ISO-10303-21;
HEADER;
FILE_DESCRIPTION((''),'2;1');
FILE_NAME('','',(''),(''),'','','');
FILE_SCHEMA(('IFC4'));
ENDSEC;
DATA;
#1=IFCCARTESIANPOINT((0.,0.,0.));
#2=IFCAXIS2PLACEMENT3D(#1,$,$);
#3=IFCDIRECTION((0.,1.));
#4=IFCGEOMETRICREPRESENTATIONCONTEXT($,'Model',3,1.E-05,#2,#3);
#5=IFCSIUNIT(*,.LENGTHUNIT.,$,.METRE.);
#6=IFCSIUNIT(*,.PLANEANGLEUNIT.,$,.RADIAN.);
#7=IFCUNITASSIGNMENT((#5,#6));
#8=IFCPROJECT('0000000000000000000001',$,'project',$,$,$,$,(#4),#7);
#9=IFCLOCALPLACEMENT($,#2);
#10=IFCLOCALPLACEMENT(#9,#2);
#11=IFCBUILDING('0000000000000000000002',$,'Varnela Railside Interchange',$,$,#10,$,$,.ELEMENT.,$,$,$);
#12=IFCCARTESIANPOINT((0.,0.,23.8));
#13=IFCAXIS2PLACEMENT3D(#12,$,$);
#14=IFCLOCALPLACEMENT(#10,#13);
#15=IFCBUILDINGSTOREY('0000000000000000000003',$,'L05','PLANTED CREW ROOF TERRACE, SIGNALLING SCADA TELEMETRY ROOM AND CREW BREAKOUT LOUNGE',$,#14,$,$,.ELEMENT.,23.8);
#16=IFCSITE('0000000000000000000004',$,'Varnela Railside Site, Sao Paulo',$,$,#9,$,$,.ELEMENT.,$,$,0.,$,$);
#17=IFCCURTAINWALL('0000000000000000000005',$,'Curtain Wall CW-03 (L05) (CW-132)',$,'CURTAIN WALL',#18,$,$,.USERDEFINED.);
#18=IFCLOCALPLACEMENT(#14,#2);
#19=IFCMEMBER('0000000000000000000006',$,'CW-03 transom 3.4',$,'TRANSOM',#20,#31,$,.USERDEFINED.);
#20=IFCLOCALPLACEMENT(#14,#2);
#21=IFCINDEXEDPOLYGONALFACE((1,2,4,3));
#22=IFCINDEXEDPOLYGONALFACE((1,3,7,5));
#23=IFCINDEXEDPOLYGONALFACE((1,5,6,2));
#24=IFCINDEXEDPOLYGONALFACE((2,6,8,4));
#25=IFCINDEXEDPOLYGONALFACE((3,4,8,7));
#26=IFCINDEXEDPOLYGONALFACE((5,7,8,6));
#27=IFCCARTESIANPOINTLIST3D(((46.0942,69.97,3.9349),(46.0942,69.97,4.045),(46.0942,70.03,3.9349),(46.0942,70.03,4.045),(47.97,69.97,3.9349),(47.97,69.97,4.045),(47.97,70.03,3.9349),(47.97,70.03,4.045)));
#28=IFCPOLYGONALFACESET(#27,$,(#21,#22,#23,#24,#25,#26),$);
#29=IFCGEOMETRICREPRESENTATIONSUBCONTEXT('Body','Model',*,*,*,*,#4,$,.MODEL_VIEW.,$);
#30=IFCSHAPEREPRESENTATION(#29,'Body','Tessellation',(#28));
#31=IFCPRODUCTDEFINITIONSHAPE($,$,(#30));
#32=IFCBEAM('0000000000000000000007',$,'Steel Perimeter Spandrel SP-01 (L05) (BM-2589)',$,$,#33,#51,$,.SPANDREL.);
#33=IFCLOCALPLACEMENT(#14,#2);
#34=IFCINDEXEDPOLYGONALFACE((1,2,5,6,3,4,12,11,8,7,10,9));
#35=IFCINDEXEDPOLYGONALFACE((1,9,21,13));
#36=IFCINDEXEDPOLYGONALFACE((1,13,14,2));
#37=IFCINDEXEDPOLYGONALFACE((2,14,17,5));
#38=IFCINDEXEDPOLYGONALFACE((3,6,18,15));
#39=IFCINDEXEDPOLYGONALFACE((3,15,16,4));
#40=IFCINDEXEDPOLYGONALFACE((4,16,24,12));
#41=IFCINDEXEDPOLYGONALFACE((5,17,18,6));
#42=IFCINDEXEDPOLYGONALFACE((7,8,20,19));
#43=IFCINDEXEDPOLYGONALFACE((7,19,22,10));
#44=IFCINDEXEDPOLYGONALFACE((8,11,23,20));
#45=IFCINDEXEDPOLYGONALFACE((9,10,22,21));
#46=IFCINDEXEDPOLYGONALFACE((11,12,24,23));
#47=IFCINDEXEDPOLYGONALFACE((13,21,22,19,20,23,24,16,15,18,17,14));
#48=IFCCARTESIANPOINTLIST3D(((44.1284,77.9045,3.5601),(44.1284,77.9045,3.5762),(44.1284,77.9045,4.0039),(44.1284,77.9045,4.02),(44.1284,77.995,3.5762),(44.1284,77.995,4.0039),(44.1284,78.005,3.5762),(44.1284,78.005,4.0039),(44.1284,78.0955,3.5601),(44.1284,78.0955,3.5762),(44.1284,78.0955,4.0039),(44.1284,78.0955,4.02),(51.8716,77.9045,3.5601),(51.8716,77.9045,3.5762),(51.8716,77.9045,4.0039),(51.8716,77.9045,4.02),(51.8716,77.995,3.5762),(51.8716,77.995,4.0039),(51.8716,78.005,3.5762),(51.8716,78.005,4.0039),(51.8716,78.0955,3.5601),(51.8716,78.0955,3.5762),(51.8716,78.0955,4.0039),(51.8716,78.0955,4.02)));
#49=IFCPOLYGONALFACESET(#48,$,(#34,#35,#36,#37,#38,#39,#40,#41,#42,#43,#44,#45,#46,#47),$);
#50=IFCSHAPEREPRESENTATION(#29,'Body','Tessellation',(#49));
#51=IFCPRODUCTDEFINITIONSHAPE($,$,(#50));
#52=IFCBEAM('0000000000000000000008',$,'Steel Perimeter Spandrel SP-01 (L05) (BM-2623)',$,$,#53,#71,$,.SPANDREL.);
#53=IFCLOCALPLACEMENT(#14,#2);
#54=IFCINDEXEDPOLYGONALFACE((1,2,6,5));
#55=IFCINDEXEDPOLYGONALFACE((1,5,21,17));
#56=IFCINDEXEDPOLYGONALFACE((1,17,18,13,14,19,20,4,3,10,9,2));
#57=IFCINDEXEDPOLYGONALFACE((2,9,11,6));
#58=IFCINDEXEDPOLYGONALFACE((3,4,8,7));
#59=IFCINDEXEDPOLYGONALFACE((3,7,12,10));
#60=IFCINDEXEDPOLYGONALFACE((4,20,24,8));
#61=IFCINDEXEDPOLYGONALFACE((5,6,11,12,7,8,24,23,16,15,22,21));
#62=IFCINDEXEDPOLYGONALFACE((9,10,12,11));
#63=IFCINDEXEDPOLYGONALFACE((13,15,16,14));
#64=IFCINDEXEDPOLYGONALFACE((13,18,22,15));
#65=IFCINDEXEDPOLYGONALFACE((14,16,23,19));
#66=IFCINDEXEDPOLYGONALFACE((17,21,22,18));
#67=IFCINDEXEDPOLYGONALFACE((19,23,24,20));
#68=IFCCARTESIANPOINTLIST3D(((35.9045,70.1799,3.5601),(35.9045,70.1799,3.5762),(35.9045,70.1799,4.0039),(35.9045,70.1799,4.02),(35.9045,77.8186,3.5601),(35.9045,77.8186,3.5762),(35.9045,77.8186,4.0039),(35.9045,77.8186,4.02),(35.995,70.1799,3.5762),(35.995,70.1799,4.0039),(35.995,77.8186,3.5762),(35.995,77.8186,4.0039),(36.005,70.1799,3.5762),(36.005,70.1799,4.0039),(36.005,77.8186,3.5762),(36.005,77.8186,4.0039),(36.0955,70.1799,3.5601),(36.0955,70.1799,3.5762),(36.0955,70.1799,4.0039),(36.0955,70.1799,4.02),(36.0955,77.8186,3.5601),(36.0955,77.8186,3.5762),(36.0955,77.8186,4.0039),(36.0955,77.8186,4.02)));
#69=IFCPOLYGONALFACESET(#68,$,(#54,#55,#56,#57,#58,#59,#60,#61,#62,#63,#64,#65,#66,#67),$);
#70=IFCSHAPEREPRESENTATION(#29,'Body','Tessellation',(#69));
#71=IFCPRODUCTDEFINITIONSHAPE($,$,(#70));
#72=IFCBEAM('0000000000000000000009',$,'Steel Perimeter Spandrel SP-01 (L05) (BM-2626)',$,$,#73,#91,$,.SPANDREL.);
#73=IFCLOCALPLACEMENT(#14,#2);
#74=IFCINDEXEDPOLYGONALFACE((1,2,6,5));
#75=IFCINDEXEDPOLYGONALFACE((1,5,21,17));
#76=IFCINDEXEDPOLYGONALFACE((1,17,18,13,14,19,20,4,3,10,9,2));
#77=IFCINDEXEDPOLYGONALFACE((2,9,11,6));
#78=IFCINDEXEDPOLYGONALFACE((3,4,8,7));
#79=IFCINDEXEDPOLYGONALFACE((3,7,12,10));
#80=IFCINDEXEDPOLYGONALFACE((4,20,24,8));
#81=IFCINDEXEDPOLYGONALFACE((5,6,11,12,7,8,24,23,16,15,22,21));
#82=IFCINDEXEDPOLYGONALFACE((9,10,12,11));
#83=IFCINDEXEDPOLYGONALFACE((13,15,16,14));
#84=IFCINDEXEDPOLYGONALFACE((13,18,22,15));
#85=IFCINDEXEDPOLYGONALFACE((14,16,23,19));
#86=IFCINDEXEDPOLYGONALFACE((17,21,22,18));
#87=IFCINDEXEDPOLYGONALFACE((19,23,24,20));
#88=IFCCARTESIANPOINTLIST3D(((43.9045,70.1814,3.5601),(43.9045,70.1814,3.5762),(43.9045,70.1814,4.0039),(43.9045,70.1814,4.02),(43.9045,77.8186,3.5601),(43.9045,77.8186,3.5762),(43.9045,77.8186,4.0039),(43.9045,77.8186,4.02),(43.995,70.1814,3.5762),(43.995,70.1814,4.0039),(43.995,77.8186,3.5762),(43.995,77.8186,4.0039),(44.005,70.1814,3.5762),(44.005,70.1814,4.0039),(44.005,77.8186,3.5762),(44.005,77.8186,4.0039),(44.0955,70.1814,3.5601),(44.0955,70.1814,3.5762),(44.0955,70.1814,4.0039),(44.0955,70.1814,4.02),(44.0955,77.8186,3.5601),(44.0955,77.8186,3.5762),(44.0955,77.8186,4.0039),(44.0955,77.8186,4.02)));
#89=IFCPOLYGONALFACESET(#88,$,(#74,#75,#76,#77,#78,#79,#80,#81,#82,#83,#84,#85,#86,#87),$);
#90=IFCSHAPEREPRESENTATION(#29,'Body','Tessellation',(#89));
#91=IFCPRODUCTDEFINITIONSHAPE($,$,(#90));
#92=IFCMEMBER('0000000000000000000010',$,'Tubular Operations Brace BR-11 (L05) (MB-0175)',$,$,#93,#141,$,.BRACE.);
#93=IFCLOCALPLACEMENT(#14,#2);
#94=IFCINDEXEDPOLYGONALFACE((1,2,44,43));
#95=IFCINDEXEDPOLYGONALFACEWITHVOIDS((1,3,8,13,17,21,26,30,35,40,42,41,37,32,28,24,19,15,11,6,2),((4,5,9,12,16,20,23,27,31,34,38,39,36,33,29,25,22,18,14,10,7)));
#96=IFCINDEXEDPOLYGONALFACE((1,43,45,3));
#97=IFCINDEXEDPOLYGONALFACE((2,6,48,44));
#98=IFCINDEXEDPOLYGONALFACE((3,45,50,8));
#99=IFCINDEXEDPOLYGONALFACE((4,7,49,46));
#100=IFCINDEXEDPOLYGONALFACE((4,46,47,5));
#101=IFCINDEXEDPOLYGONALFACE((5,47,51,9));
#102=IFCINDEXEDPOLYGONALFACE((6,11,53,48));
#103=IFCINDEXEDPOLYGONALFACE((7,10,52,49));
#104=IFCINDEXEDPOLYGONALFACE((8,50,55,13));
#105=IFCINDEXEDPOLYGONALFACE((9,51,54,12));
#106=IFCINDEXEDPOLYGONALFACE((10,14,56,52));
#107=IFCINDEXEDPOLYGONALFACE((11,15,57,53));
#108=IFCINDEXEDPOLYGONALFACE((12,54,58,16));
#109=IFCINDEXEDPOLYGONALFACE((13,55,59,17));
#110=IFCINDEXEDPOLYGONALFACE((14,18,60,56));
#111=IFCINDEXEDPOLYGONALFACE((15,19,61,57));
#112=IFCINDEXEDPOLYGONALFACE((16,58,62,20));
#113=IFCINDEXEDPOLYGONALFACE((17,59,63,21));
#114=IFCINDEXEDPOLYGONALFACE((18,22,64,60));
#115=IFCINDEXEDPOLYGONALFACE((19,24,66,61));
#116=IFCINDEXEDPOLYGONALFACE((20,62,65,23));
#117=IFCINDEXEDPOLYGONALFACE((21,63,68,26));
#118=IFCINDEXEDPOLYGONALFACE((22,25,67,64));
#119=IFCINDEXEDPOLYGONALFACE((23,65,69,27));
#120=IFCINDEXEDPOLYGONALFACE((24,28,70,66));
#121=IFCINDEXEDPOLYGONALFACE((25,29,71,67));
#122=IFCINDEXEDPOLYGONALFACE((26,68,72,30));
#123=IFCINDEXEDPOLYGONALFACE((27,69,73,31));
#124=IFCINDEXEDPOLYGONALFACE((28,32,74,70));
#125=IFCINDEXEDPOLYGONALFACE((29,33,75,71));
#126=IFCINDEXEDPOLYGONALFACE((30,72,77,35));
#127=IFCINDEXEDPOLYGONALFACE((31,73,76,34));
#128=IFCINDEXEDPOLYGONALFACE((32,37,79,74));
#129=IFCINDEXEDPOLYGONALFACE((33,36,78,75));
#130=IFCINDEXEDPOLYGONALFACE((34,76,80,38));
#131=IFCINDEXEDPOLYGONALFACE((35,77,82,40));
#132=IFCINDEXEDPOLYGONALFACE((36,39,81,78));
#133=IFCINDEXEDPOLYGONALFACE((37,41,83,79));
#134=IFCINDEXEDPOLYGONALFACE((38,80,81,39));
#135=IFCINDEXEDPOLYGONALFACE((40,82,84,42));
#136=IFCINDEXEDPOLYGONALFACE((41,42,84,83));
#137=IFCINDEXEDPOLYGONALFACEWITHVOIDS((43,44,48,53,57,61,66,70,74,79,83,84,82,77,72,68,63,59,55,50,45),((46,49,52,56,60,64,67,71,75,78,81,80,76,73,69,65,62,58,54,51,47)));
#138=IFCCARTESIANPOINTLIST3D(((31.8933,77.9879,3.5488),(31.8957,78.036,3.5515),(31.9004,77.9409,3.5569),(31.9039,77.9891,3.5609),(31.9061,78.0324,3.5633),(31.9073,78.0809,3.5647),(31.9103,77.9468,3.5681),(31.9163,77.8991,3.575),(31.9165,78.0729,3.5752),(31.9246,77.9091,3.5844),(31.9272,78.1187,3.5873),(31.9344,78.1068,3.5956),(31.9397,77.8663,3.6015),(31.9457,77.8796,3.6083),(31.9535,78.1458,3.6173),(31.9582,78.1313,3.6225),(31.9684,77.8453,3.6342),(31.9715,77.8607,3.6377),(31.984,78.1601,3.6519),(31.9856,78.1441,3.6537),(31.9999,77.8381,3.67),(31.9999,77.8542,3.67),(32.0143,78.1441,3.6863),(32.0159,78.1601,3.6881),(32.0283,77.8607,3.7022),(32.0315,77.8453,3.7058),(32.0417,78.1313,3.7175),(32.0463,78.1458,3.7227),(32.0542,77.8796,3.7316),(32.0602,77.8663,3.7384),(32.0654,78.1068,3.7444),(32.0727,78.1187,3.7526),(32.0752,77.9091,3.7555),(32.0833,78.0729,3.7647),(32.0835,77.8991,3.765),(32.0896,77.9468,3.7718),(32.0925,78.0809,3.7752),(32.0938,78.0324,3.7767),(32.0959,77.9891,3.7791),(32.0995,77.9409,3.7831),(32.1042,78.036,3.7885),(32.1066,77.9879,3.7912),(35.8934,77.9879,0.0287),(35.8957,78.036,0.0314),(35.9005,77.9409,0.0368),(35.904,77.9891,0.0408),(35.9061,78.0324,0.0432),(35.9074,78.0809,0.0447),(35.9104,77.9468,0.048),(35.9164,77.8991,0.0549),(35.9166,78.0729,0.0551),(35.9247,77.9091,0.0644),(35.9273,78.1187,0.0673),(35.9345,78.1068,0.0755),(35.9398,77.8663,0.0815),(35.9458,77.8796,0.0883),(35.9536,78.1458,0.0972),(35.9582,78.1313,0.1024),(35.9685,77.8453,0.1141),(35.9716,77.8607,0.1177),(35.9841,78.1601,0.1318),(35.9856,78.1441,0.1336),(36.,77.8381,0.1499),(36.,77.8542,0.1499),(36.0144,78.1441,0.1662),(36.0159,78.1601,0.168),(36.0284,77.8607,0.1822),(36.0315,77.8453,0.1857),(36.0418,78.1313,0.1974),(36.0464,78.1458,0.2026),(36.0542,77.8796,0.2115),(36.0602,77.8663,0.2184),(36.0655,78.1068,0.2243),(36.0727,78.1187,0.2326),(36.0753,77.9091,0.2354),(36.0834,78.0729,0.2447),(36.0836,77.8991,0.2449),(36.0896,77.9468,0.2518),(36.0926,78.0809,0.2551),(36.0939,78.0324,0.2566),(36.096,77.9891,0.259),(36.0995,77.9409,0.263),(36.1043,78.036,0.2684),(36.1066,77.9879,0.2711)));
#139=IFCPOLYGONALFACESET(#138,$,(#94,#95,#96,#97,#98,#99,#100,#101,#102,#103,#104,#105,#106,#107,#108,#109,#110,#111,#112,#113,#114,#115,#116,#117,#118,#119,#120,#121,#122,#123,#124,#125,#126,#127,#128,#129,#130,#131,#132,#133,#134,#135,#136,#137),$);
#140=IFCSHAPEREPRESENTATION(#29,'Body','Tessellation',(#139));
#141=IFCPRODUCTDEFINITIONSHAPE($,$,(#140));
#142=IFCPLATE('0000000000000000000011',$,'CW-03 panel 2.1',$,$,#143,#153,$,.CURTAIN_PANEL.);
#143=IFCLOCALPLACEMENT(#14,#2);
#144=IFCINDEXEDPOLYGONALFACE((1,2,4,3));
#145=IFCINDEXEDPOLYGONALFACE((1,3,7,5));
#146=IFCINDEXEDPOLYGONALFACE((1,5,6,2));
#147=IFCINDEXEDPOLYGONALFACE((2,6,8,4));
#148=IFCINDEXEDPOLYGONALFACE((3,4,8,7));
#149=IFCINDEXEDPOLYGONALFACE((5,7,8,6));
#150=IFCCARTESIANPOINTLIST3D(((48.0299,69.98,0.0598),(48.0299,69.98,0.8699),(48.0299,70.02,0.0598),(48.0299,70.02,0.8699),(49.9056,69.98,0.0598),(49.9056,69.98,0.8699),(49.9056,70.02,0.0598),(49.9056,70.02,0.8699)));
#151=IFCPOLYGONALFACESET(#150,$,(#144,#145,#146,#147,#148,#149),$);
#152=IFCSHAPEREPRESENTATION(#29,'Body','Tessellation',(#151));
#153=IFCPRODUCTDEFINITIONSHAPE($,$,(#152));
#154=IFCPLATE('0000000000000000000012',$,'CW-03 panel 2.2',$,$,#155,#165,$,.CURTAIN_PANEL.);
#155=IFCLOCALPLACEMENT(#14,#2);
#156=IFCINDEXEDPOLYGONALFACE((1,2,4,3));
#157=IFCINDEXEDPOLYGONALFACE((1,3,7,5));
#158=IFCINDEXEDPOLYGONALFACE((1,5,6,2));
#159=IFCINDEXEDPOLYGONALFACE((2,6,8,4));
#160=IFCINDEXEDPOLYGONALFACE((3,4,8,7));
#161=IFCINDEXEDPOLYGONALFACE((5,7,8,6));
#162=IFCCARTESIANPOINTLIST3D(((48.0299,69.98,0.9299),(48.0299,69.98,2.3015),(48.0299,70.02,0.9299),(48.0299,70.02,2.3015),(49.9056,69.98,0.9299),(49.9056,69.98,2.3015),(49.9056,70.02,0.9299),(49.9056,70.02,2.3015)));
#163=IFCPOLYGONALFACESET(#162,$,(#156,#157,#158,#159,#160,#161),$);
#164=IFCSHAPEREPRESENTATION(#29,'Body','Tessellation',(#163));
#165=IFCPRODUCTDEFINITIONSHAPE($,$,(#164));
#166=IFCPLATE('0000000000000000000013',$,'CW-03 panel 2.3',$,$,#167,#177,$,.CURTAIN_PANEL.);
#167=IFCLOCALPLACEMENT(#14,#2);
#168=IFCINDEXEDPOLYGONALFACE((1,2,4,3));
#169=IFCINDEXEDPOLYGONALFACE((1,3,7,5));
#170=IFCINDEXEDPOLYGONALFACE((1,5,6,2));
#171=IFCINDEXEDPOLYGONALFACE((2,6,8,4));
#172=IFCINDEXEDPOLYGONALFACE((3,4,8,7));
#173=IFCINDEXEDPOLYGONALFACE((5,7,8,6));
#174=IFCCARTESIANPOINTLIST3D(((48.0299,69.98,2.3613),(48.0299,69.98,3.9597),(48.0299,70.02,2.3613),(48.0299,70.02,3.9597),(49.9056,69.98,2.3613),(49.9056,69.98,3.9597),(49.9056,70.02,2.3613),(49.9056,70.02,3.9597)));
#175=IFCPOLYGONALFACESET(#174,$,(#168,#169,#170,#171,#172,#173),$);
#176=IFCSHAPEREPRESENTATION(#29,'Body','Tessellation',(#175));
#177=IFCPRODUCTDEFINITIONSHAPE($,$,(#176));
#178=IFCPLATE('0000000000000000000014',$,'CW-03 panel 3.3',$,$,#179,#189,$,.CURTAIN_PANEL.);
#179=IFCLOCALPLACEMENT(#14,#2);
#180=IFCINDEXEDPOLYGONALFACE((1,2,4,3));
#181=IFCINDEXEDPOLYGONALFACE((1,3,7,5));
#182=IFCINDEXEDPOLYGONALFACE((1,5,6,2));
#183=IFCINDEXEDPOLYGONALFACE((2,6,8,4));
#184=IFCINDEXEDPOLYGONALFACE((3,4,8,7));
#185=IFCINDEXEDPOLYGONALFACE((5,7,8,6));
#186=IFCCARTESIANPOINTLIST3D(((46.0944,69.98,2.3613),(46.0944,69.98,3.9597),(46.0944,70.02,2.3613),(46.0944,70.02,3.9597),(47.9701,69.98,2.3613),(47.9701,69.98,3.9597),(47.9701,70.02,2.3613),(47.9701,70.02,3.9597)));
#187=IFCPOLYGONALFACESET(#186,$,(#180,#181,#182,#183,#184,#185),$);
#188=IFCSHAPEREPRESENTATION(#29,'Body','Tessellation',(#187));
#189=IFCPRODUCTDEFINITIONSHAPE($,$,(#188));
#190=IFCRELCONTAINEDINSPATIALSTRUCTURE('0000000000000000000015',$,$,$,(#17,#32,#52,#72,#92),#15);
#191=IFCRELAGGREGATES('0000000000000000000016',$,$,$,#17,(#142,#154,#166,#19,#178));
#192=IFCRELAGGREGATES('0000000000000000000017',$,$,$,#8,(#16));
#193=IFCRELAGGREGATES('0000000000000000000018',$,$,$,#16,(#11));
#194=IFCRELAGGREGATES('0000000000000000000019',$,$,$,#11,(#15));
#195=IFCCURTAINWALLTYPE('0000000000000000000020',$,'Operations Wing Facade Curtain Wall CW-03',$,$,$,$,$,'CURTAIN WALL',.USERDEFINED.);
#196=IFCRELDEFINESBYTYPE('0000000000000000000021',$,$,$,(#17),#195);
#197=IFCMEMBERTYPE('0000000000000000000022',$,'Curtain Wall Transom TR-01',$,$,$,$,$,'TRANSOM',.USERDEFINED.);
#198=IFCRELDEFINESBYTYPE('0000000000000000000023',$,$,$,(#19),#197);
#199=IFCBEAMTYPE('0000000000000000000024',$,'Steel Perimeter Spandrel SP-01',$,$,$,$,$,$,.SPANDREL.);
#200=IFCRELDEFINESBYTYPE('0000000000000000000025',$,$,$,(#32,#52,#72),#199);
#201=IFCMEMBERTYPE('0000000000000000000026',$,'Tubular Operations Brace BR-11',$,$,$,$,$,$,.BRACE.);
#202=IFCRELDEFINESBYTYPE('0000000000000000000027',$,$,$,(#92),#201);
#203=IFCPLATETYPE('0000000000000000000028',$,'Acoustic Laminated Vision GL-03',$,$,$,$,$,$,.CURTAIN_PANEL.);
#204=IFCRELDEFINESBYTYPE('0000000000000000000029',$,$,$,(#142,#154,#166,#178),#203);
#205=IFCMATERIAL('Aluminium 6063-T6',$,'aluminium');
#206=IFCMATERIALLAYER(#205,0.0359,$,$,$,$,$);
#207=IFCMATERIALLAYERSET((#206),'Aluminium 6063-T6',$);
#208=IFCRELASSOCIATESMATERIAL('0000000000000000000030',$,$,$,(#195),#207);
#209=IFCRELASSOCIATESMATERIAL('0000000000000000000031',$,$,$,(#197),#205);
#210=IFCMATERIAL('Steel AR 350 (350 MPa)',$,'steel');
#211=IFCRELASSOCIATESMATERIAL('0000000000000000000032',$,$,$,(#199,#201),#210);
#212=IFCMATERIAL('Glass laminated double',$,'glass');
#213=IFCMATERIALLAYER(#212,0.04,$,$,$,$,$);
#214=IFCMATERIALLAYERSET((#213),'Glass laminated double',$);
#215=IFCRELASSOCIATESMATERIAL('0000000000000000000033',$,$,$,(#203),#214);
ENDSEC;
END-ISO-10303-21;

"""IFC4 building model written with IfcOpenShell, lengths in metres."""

from ifc_helpers import new_model, si_unit, direction, frame, origin, origin_2d, place, context, subcontext, project, spatial, rectangle, hollow_circle, i_section, extrude, material, layer, layer_set, material_profile, profile_set, type_object, element, aggregate, save


model = new_model("IFC4")

# Units and contexts
model_context = context("Model", 3, precision=1e-05, world=origin(), true_north=direction((0.0, 1.0)))
body_context = subcontext(model_context, "Body", "Model", "MODEL_VIEW")
ifc_project = project(units=[si_unit("LENGTHUNIT", "METRE"), si_unit("PLANEANGLEUNIT", "RADIAN")], contexts=[model_context])

# Site, building, storey
site_placement = place(None, origin())
site = spatial("IfcSite", under=ifc_project, at=site_placement, Name="Varnela Railside Site, Sao Paulo", CompositionType="ELEMENT", RefElevation=0.0)
building_placement = place(site_placement, origin())
building = spatial("IfcBuilding", under=site, at=building_placement, Name="Varnela Railside Interchange", CompositionType="ELEMENT")
storey_placement = place(building_placement, frame((0.0, 0.0, 23.8)))
storey = spatial("IfcBuildingStorey", under=building, at=storey_placement, Name="L05", Description="PLANTED CREW ROOF TERRACE, SIGNALLING SCADA TELEMETRY ROOM AND CREW BREAKOUT LOUNGE", CompositionType="ELEMENT", Elevation=23.8)

# Shared definitions
ifc_material_1 = material(Name="Steel AR 350 (350 MPa)", Category="steel")

# Curtain wall, member
ifc_material_2 = material(Name="Aluminium 6063-T6", Category="aluminium")
ifc_layer_1 = layer(ifc_material_2, 0.0359)
ifc_layer_set_1 = layer_set([ifc_layer_1], Name="Aluminium 6063-T6")
curtain_wall_type = type_object("IfcCurtainWallType", Name="Operations Wing Facade Curtain Wall CW-03", ElementType="CURTAIN WALL", PredefinedType="USERDEFINED", material=ifc_layer_set_1)
curtain_wall_placement = place(storey_placement, origin())
curtain_wall = element("IfcCurtainWall", 1, at=curtain_wall_placement, inside=storey, type_object=curtain_wall_type, Name="Curtain Wall CW-03 (L05) (CW-132)", ObjectType="CURTAIN WALL", PredefinedType="USERDEFINED")
ifc_material_profile_1 = material_profile(ifc_material_2, rectangle(XDim=0.0601, YDim=0.1101, at=origin_2d()), Name="ALU 60x110")
ifc_profile_set_1 = profile_set([ifc_material_profile_1], Name="Aluminium 6063-T6")
member_type_1 = type_object("IfcMemberType", Name="Curtain Wall Transom TR-01", ElementType="TRANSOM", PredefinedType="USERDEFINED", material=ifc_profile_set_1)
member_1_placement = place(storey_placement, frame((47.97, 70.0, 3.99), z_axis=(-1.0, 0.0, 0.0), x_axis=(0.0, -1.0, 0.0)))
member_1 = element("IfcMember", 2, at=member_1_placement, type_object=member_type_1, Name="CW-03 transom 3.4", ObjectType="TRANSOM", PredefinedType="USERDEFINED", context=body_context, shape_type="SweptSolid", body=[
    extrude(rectangle(XDim=0.0601, YDim=0.1101, at=origin_2d()), origin(), (0.0, 0.0, 1.0), 1.8757),
])

# Beams
ifc_material_profile_2 = material_profile(ifc_material_1, i_section(OverallWidth=0.1909, OverallDepth=0.46, WebThickness=0.01, FlangeThickness=0.0161, at=origin_2d()), Name="W460x82")
ifc_profile_set_2 = profile_set([ifc_material_profile_2], Name="Steel AR 350 (350 MPa)")
beam_type_1 = type_object("IfcBeamType", Name="Steel Perimeter Spandrel SP-01", PredefinedType="SPANDREL", material=ifc_profile_set_2)
beam_1_placement = place(storey_placement, frame((44.1284, 78.0, 3.79), z_axis=(1.0, 0.0, 0.0), x_axis=(0.0, 1.0, 0.0)))
element("IfcBeam", 3, at=beam_1_placement, inside=storey, type_object=beam_type_1, Name="Steel Perimeter Spandrel SP-01 (L05) (BM-2589)", PredefinedType="SPANDREL", context=body_context, shape_type="SweptSolid", body=[
    extrude(i_section(OverallWidth=0.1909, OverallDepth=0.46, WebThickness=0.01, FlangeThickness=0.0161, at=origin_2d()), origin(), (0.0, 0.0, 1.0), 7.7432),
])
beam_2_placement = place(storey_placement, frame((36.0, 70.1799, 3.79), z_axis=(0.0, 1.0, 0.0), x_axis=(-1.0, 0.0, 0.0)))
element("IfcBeam", 4, at=beam_2_placement, inside=storey, type_object=beam_type_1, Name="Steel Perimeter Spandrel SP-01 (L05) (BM-2623)", PredefinedType="SPANDREL", context=body_context, shape_type="SweptSolid", body=[
    extrude(i_section(OverallWidth=0.1909, OverallDepth=0.46, WebThickness=0.01, FlangeThickness=0.0161, at=origin_2d()), origin(), (0.0, 0.0, 1.0), 7.6387),
])
beam_3_placement = place(storey_placement, frame((44.0, 70.1814, 3.79), z_axis=(0.0, 1.0, 0.0), x_axis=(-1.0, 0.0, 0.0)))
element("IfcBeam", 5, at=beam_3_placement, inside=storey, type_object=beam_type_1, Name="Steel Perimeter Spandrel SP-01 (L05) (BM-2626)", PredefinedType="SPANDREL", context=body_context, shape_type="SweptSolid", body=[
    extrude(i_section(OverallWidth=0.1909, OverallDepth=0.46, WebThickness=0.01, FlangeThickness=0.0161, at=origin_2d()), origin(), (0.0, 0.0, 1.0), 7.6372),
])

# Member
ifc_material_profile_3 = material_profile(ifc_material_1, hollow_circle(Radius=0.1619, WallThickness=0.0161, at=origin_2d()), Name="CHS 323.9x16")
ifc_profile_set_3 = profile_set([ifc_material_profile_3], Name="Steel AR 350 (350 MPa)")
member_type_2 = type_object("IfcMemberType", Name="Tubular Operations Brace BR-11", PredefinedType="BRACE", material=ifc_profile_set_3)
member_2_placement = place(storey_placement, frame((36.0, 78.0, 0.1499), z_axis=(-0.750712, 0.0, 0.66063), x_axis=(0.0, -1.0, 0.0)))
element("IfcMember", 6, at=member_2_placement, inside=storey, type_object=member_type_2, Name="Tubular Operations Brace BR-11 (L05) (MB-0175)", PredefinedType="BRACE", context=body_context, shape_type="SweptSolid", body=[
    extrude(hollow_circle(Radius=0.1619, WallThickness=0.0161, at=origin_2d()), origin(), (0.0, 0.0, 1.0), 5.3284),
])

# Plates
ifc_material_3 = material(Name="Glass laminated double", Category="glass")
ifc_layer_2 = layer(ifc_material_3, 0.04)
ifc_layer_set_2 = layer_set([ifc_layer_2], Name="Glass laminated double")
plate_type = type_object("IfcPlateType", Name="Acoustic Laminated Vision GL-03", PredefinedType="CURTAIN_PANEL", material=ifc_layer_set_2)
plate_1_placement = place(storey_placement, frame((48.9678, 70.0, 0.0598), z_axis=(0.0, 0.0, 1.0), x_axis=(-1.0, 0.0, 0.0)))
plate_1 = element("IfcPlate", 7, at=plate_1_placement, type_object=plate_type, Name="CW-03 panel 2.1", PredefinedType="CURTAIN_PANEL", context=body_context, shape_type="SweptSolid", body=[
    extrude(rectangle(XDim=1.8757, YDim=0.04, at=origin_2d()), origin(), (0.0, 0.0, 1.0), 0.8101),
])
plate_2_placement = place(storey_placement, frame((48.9678, 70.0, 0.9299), z_axis=(0.0, 0.0, 1.0), x_axis=(-1.0, 0.0, 0.0)))
plate_2 = element("IfcPlate", 8, at=plate_2_placement, type_object=plate_type, Name="CW-03 panel 2.2", PredefinedType="CURTAIN_PANEL", context=body_context, shape_type="SweptSolid", body=[
    extrude(rectangle(XDim=1.8757, YDim=0.04, at=origin_2d()), origin(), (0.0, 0.0, 1.0), 1.3716),
])
plate_3_placement = place(storey_placement, frame((48.9678, 70.0, 2.3613), z_axis=(0.0, 0.0, 1.0), x_axis=(-1.0, 0.0, 0.0)))
plate_3 = element("IfcPlate", 9, at=plate_3_placement, type_object=plate_type, Name="CW-03 panel 2.3", PredefinedType="CURTAIN_PANEL", context=body_context, shape_type="SweptSolid", body=[
    extrude(rectangle(XDim=1.8757, YDim=0.04, at=origin_2d()), origin(), (0.0, 0.0, 1.0), 1.5984),
])
plate_4_placement = place(storey_placement, frame((47.0322, 70.0, 2.3613), z_axis=(0.0, 0.0, 1.0), x_axis=(-1.0, 0.0, 0.0)))
plate_4 = element("IfcPlate", 10, at=plate_4_placement, type_object=plate_type, Name="CW-03 panel 3.3", PredefinedType="CURTAIN_PANEL", context=body_context, shape_type="SweptSolid", body=[
    extrude(rectangle(XDim=1.8757, YDim=0.04, at=origin_2d()), origin(), (0.0, 0.0, 1.0), 1.5984),
])
aggregate(curtain_wall, [plate_1, plate_2, plate_3, member_1, plate_4])

save(model, "model.ifc")
